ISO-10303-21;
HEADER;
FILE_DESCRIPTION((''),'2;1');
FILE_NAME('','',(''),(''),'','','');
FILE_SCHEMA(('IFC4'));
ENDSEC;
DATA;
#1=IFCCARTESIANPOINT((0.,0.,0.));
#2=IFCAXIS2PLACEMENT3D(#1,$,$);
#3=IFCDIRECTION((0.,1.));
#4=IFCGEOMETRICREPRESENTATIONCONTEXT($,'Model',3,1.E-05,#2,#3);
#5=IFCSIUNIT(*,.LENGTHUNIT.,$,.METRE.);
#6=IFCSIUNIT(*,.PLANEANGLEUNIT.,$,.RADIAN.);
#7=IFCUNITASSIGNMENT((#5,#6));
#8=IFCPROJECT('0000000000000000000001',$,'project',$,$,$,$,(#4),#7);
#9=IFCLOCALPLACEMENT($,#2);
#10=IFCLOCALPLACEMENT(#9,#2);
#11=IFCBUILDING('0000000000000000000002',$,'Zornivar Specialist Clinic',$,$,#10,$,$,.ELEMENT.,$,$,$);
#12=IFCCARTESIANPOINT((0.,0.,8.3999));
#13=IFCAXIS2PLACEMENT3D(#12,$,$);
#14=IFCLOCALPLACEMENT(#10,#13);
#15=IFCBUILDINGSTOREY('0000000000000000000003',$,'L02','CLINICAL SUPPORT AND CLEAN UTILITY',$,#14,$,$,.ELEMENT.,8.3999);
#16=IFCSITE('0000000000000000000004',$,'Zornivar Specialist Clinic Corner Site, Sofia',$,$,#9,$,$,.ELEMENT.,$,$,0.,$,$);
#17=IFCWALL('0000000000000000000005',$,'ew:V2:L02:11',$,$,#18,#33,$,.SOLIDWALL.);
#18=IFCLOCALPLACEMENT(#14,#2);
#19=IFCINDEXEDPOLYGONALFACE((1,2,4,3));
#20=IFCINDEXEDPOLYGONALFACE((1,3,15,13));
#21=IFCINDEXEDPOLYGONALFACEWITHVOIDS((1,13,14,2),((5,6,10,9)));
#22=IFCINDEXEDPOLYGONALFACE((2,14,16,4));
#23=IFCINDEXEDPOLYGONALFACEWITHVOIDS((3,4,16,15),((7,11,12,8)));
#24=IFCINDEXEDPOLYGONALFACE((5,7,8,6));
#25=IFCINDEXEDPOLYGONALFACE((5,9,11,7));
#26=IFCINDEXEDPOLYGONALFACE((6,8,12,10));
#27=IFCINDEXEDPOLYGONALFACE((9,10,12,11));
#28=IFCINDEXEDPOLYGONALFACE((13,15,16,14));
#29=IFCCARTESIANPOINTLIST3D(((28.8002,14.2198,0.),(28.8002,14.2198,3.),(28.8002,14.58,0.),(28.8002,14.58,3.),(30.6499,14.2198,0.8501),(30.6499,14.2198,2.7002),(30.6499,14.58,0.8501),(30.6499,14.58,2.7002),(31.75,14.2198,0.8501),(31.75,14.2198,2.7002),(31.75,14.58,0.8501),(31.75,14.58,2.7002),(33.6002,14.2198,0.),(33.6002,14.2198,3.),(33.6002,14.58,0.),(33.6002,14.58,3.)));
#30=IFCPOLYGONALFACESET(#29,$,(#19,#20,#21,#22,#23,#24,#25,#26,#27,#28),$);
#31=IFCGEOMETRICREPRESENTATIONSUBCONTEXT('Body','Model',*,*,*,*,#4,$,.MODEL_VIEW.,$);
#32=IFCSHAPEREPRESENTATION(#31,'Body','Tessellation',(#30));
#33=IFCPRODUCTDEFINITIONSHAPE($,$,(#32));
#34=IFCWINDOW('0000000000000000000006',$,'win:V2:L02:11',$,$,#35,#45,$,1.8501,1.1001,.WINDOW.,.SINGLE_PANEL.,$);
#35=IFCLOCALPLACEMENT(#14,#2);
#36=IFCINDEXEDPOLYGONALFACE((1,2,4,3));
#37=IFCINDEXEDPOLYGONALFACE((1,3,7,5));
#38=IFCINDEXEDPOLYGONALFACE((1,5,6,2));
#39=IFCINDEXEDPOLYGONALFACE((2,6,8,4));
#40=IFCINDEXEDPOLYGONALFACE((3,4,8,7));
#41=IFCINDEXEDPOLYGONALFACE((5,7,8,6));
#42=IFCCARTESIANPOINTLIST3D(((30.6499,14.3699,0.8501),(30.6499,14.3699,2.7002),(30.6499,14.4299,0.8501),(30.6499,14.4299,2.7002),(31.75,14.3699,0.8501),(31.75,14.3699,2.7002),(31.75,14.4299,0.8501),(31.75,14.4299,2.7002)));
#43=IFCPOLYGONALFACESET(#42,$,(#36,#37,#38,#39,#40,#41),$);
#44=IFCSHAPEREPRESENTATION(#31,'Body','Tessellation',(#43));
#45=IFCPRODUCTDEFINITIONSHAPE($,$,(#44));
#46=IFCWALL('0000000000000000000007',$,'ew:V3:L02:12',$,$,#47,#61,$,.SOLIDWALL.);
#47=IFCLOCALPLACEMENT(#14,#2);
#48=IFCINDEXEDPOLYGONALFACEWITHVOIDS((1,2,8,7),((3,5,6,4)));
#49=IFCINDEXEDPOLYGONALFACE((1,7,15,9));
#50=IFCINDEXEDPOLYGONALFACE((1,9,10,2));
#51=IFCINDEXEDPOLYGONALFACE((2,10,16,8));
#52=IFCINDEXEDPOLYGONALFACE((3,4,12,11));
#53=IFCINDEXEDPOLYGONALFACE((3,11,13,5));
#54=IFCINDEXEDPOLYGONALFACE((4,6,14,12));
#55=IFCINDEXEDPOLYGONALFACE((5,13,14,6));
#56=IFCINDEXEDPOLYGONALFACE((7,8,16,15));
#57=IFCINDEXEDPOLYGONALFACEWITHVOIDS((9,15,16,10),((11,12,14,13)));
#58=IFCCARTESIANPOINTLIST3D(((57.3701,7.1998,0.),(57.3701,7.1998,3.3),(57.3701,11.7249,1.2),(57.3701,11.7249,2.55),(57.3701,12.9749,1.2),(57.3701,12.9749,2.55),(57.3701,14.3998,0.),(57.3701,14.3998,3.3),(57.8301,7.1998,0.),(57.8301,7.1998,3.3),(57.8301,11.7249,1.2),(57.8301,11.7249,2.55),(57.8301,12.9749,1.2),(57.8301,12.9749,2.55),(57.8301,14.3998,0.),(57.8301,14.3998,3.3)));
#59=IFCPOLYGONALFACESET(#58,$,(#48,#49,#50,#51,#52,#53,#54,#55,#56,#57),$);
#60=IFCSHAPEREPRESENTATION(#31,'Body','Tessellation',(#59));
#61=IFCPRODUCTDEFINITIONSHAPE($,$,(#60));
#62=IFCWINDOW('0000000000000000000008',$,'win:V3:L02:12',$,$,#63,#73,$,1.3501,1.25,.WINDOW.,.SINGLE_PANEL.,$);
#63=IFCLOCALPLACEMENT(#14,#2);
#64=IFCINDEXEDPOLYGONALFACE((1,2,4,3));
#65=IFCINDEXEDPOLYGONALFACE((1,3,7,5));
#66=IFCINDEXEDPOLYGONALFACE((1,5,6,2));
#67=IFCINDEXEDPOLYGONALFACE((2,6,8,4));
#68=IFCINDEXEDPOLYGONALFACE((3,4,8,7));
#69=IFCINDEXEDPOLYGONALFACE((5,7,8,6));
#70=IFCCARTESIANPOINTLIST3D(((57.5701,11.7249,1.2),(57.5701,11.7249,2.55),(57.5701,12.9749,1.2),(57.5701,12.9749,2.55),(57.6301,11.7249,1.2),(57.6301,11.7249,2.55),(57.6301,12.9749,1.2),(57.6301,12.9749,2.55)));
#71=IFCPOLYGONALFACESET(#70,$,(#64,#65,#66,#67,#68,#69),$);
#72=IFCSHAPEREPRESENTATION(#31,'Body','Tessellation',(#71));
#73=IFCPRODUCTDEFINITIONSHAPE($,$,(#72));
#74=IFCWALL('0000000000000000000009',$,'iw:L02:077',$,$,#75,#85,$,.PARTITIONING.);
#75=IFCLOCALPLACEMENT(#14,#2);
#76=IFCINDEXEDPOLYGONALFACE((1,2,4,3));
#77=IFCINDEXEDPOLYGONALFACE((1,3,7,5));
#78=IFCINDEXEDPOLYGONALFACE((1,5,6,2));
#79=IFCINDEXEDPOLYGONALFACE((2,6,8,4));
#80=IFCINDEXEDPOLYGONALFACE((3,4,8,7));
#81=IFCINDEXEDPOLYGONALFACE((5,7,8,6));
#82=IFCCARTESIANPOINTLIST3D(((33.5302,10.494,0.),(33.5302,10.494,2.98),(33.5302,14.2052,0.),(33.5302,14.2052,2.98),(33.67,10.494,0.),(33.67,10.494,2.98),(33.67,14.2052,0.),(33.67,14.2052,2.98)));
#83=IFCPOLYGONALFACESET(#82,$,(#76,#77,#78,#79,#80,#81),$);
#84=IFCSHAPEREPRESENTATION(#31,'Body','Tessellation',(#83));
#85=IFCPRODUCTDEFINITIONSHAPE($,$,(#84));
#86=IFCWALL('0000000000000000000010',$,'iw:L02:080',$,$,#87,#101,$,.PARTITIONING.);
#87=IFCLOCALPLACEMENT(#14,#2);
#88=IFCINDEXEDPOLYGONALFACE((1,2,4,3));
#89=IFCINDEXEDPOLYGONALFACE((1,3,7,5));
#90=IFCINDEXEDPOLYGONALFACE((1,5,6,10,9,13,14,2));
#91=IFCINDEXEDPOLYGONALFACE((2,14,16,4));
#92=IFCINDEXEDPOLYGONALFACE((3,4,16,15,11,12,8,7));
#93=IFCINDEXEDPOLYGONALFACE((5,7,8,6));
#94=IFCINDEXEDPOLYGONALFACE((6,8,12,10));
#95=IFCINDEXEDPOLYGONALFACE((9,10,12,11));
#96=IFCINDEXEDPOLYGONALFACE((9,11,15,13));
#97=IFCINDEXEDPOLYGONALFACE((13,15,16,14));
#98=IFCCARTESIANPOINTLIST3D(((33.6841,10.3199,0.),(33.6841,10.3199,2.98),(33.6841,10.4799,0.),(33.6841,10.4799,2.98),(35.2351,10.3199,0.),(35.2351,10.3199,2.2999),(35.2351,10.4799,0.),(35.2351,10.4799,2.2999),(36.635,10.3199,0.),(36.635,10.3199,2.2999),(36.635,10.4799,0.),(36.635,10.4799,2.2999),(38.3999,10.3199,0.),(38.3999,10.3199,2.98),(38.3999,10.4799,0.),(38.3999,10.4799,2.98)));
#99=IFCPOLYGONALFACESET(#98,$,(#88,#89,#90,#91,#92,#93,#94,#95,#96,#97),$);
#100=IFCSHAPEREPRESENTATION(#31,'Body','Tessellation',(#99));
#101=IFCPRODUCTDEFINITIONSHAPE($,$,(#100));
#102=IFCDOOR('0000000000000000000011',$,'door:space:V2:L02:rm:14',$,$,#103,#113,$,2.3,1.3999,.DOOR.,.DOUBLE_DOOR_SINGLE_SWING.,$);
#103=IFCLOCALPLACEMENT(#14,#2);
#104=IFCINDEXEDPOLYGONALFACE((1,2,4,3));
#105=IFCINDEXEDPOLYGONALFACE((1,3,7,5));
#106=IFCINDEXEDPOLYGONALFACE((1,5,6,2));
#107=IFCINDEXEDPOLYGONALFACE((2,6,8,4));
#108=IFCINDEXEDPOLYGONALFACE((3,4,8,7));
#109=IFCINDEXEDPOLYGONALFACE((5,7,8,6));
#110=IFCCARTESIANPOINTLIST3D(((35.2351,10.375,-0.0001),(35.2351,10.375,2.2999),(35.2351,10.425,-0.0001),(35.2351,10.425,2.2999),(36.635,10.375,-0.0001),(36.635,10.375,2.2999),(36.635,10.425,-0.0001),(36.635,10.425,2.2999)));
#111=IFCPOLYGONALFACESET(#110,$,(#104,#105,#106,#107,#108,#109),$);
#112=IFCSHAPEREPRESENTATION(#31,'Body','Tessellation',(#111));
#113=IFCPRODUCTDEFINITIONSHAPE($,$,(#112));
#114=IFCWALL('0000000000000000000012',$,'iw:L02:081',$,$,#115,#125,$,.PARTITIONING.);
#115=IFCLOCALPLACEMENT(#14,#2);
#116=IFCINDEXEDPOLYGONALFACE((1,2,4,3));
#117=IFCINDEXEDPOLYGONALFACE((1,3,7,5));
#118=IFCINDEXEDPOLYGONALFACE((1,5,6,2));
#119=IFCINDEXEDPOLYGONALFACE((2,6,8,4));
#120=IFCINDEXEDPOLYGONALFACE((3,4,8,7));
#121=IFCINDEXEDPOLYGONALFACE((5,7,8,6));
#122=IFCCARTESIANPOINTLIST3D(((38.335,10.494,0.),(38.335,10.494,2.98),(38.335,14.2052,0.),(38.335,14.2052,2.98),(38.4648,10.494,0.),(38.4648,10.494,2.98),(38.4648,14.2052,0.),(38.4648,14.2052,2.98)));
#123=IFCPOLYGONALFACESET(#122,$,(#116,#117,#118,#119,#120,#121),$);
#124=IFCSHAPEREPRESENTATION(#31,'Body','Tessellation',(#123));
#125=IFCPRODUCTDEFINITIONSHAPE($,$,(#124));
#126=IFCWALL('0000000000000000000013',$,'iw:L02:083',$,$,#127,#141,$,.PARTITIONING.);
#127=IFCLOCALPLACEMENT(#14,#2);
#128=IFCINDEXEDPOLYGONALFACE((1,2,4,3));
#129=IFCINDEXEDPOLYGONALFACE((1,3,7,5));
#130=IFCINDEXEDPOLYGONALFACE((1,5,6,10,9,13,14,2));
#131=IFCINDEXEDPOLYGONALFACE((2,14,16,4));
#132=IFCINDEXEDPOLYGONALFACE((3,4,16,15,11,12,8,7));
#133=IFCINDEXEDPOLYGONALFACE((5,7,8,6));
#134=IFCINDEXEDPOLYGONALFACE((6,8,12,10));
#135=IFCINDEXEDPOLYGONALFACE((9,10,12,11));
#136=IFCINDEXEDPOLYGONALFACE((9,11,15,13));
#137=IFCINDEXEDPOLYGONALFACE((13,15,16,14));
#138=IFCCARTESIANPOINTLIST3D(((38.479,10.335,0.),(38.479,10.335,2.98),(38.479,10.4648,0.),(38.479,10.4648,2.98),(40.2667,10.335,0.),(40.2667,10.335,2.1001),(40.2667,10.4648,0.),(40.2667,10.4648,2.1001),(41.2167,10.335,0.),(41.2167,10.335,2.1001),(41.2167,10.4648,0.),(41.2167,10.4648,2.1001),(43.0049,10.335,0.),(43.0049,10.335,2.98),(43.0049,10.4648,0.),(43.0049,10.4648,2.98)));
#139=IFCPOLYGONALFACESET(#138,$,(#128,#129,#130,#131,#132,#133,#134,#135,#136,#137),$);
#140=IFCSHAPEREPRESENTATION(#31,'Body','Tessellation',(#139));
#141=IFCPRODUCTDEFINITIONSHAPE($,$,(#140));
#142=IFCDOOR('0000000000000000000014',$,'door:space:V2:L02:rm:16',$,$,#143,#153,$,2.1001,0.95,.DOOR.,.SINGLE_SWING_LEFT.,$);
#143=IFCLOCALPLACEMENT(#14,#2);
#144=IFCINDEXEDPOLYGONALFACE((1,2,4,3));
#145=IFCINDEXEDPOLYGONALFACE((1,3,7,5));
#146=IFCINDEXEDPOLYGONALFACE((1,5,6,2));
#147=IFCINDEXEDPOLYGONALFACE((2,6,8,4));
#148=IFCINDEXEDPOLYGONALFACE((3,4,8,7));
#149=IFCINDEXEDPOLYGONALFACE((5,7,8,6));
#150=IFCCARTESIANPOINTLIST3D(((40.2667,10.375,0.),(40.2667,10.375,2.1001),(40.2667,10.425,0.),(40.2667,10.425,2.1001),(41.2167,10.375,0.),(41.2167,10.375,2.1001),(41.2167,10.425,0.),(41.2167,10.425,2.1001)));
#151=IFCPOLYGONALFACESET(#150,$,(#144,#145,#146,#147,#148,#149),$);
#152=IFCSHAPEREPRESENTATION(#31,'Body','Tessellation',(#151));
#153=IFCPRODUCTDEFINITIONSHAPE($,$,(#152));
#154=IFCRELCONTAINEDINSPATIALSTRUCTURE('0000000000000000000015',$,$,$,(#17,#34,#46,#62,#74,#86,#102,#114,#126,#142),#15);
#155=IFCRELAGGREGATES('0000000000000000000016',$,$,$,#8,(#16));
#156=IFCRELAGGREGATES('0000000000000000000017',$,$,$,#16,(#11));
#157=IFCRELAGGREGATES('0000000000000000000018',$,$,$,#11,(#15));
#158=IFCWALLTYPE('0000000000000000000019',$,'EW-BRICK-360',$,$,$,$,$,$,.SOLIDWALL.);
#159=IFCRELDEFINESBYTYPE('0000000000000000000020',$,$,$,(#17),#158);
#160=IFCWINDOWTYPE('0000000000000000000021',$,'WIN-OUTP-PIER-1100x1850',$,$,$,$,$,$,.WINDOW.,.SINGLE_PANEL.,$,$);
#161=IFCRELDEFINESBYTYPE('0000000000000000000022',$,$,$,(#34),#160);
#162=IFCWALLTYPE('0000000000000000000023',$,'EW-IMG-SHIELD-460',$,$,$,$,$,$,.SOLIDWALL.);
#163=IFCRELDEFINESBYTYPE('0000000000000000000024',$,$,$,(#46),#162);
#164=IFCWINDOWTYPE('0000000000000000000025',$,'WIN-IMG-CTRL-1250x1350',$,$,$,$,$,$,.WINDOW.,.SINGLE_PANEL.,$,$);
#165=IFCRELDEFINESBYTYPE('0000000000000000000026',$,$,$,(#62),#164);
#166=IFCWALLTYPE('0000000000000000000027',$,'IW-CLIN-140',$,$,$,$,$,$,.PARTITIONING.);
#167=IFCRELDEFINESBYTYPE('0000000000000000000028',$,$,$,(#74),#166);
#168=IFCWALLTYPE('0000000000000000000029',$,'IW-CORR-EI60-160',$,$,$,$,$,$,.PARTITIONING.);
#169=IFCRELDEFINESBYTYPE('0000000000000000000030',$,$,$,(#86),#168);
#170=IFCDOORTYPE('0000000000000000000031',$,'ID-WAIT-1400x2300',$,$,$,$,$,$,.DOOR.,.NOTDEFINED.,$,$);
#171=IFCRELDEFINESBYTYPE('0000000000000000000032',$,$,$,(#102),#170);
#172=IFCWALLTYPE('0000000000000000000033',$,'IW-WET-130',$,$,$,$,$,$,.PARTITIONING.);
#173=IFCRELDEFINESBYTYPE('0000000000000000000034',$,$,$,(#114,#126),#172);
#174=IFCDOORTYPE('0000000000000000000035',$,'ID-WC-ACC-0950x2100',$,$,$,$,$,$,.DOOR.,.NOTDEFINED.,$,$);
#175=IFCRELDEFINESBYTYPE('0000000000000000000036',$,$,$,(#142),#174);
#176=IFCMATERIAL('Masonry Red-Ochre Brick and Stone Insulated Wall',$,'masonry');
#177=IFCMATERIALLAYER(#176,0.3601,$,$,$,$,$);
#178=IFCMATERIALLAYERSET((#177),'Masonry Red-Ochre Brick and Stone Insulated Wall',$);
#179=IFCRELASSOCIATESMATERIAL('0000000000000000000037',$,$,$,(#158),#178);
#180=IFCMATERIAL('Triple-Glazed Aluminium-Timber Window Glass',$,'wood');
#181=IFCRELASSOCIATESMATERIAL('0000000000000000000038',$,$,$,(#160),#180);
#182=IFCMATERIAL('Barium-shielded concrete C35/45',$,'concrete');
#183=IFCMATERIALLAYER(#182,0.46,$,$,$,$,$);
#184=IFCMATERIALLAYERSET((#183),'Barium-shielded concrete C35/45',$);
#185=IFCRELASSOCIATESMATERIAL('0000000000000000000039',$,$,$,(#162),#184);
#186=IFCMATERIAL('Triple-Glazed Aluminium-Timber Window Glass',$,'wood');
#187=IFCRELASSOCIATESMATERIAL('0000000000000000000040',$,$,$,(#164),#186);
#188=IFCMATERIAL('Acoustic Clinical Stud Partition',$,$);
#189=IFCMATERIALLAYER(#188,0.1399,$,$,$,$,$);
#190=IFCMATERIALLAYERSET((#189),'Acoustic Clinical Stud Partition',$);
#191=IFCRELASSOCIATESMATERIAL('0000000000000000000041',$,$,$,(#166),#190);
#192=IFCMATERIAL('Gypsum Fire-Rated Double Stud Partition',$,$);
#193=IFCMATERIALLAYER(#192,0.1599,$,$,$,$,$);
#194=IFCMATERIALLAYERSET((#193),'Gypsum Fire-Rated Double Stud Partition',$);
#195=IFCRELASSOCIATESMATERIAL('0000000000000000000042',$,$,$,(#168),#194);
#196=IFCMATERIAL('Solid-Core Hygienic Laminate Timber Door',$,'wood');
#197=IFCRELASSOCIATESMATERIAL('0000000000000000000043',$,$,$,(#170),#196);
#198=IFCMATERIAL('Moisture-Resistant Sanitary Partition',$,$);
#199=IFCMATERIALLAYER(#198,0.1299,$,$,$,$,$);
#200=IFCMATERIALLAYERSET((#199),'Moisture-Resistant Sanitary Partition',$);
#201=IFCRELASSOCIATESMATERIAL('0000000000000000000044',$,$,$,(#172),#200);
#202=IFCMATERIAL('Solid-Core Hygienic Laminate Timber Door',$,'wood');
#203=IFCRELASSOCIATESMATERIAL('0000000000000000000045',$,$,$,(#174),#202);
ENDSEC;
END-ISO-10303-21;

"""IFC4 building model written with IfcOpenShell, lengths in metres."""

from ifc_helpers import new_model, si_unit, direction, frame, frame_2d, origin, place, context, subcontext, project, spatial, rectangle, extrude, material, layer, layer_set, type_object, element, fill, save


model = new_model("IFC4")

# Units and contexts
model_context = context("Model", 3, precision=1e-05, world=origin(), true_north=direction((0.0, 1.0)))
body_context = subcontext(model_context, "Body", "Model", "MODEL_VIEW")
ifc_project = project(units=[si_unit("LENGTHUNIT", "METRE"), si_unit("PLANEANGLEUNIT", "RADIAN")], contexts=[model_context])

# Site, building, storey
site_placement = place(None, origin())
site = spatial("IfcSite", under=ifc_project, at=site_placement, Name="Zornivar Specialist Clinic Corner Site, Sofia", CompositionType="ELEMENT", RefElevation=0.0)
building_placement = place(site_placement, origin())
building = spatial("IfcBuilding", under=site, at=building_placement, Name="Zornivar Specialist Clinic", CompositionType="ELEMENT")
storey_placement = place(building_placement, frame((0.0, 0.0, 8.3999)))
storey = spatial("IfcBuildingStorey", under=building, at=storey_placement, Name="L02", Description="CLINICAL SUPPORT AND CLEAN UTILITY", CompositionType="ELEMENT", Elevation=8.3999)

# Walls, openings, windows
ifc_material_1 = material(Name="Masonry Red-Ochre Brick and Stone Insulated Wall", Category="masonry")
ifc_layer_1 = layer(ifc_material_1, 0.3601)
ifc_layer_set_1 = layer_set([ifc_layer_1], Name="Masonry Red-Ochre Brick and Stone Insulated Wall")
wall_type_1 = type_object("IfcWallType", Name="EW-BRICK-360", PredefinedType="SOLIDWALL", material=ifc_layer_set_1)
ifc_material_2 = material(Name="Triple-Glazed Aluminium-Timber Window Glass", Category="wood")
window_type_1 = type_object("IfcWindowType", Name="WIN-OUTP-PIER-1100x1850", PartitioningType="SINGLE_PANEL", PredefinedType="WINDOW", material=ifc_material_2)
wall_1_placement = place(storey_placement, frame((33.6001, 14.3999, 0.0), z_axis=(0.0, 0.0, 1.0), x_axis=(-1.0, 0.0, 0.0)))
wall_1 = element("IfcWall", 1, at=wall_1_placement, inside=storey, type_object=wall_type_1, Name="ew:V2:L02:11", PredefinedType="SOLIDWALL", context=body_context, shape_type="SweptSolid", body=[
    extrude(rectangle(XDim=4.8, YDim=0.3601, at=frame_2d((2.3999, 0.0))), origin(), (0.0, 0.0, 1.0), 3.0),
])
opening_1_placement = place(wall_1_placement, frame((1.8501, 0.0, 0.8501)))
opening_1 = element("IfcOpeningElement", 2, at=opening_1_placement, cuts=wall_1, PredefinedType="OPENING", context=body_context, shape_type="SweptSolid", body=[
    extrude(rectangle(XDim=1.1001, YDim=1.8501, at=frame_2d((0.55, 0.925))), frame((0.0, 0.1899, 0.0), z_axis=(0.0, -1.0, 0.0), x_axis=(1.0, 0.0, 0.0)), (0.0, 0.0, 1.0), 0.3801),
])
window_1_placement = place(opening_1_placement, origin())
window_1 = element("IfcWindow", 3, at=window_1_placement, inside=storey, type_object=window_type_1, Name="win:V2:L02:11", OverallHeight=1.8501, OverallWidth=1.1001, PartitioningType="SINGLE_PANEL", PredefinedType="WINDOW", context=body_context, shape_type="SweptSolid", body=[
    extrude(rectangle(XDim=1.1001, YDim=1.8501, at=frame_2d((0.55, 0.925))), frame((0.0, 0.03, 0.0), z_axis=(0.0, -1.0, 0.0), x_axis=(1.0, 0.0, 0.0)), (0.0, 0.0, 1.0), 0.0601),
])
fill(opening_1, window_1)
ifc_material_3 = material(Name="Barium-shielded concrete C35/45", Category="concrete")
ifc_layer_2 = layer(ifc_material_3, 0.46)
ifc_layer_set_2 = layer_set([ifc_layer_2], Name="Barium-shielded concrete C35/45")
wall_type_2 = type_object("IfcWallType", Name="EW-IMG-SHIELD-460", PredefinedType="SOLIDWALL", material=ifc_layer_set_2)
wall_2_placement = place(storey_placement, frame((57.6001, 14.3999, 0.0), z_axis=(0.0, 0.0, 1.0), x_axis=(0.0, -1.0, 0.0)))
wall_2 = element("IfcWall", 4, at=wall_2_placement, inside=storey, type_object=wall_type_2, Name="ew:V3:L02:12", PredefinedType="SOLIDWALL", context=body_context, shape_type="SweptSolid", body=[
    extrude(rectangle(XDim=7.2, YDim=0.46, at=frame_2d((3.6001, 0.0))), origin(), (0.0, 0.0, 1.0), 3.3),
])
opening_2_placement = place(wall_2_placement, frame((1.425, 0.0, 1.2)))
opening_2 = element("IfcOpeningElement", 5, at=opening_2_placement, cuts=wall_2, PredefinedType="OPENING", context=body_context, shape_type="SweptSolid", body=[
    extrude(rectangle(XDim=1.25, YDim=1.3501, at=frame_2d((0.625, 0.675))), frame((0.0, 0.24, 0.0), z_axis=(0.0, -1.0, 0.0), x_axis=(1.0, 0.0, 0.0)), (0.0, 0.0, 1.0), 0.48),
])
ifc_material_4 = material(Name="Triple-Glazed Aluminium-Timber Window Glass", Category="wood")
window_type_2 = type_object("IfcWindowType", Name="WIN-IMG-CTRL-1250x1350", PartitioningType="SINGLE_PANEL", PredefinedType="WINDOW", material=ifc_material_4)
window_2_placement = place(opening_2_placement, origin())
window_2 = element("IfcWindow", 6, at=window_2_placement, inside=storey, type_object=window_type_2, Name="win:V3:L02:12", OverallHeight=1.3501, OverallWidth=1.25, PartitioningType="SINGLE_PANEL", PredefinedType="WINDOW", context=body_context, shape_type="SweptSolid", body=[
    extrude(rectangle(XDim=1.25, YDim=1.3501, at=frame_2d((0.625, 0.675))), frame((0.0, 0.03, 0.0), z_axis=(0.0, -1.0, 0.0), x_axis=(1.0, 0.0, 0.0)), (0.0, 0.0, 1.0), 0.0601),
])
fill(opening_2, window_2)

# Wall
ifc_material_5 = material(Name="Acoustic Clinical Stud Partition")
ifc_layer_3 = layer(ifc_material_5, 0.1399)
ifc_layer_set_3 = layer_set([ifc_layer_3], Name="Acoustic Clinical Stud Partition")
wall_type_3 = type_object("IfcWallType", Name="IW-CLIN-140", PredefinedType="PARTITIONING", material=ifc_layer_set_3)
wall_3_placement = place(storey_placement, frame((33.6001, 14.2051, 0.0), z_axis=(0.0, 0.0, 1.0), x_axis=(0.0, -1.0, 0.0)))
element("IfcWall", 7, at=wall_3_placement, inside=storey, type_object=wall_type_3, Name="iw:L02:077", PredefinedType="PARTITIONING", context=body_context, shape_type="SweptSolid", body=[
    extrude(rectangle(XDim=3.7112, YDim=0.1399, at=frame_2d((1.8555, 0.0))), origin(), (0.0, 0.0, 1.0), 2.98),
])

# Wall, opening, door
ifc_material_6 = material(Name="Gypsum Fire-Rated Double Stud Partition")
ifc_layer_4 = layer(ifc_material_6, 0.1599)
ifc_layer_set_4 = layer_set([ifc_layer_4], Name="Gypsum Fire-Rated Double Stud Partition")
wall_type_4 = type_object("IfcWallType", Name="IW-CORR-EI60-160", PredefinedType="PARTITIONING", material=ifc_layer_set_4)
wall_4_placement = place(storey_placement, frame((38.3999, 10.3999, 0.0), z_axis=(0.0, 0.0, 1.0), x_axis=(-1.0, 0.0, 0.0)))
wall_4 = element("IfcWall", 8, at=wall_4_placement, inside=storey, type_object=wall_type_4, Name="iw:L02:080", PredefinedType="PARTITIONING", context=body_context, shape_type="SweptSolid", body=[
    extrude(rectangle(XDim=4.7158, YDim=0.1599, at=frame_2d((2.3579, 0.0))), origin(), (0.0, 0.0, 1.0), 2.98),
])
opening_3_placement = place(wall_4_placement, frame((1.7649, 0.0, 0.0)))
opening_3 = element("IfcOpeningElement", 9, at=opening_3_placement, cuts=wall_4, PredefinedType="OPENING", context=body_context, shape_type="SweptSolid", body=[
    extrude(rectangle(XDim=1.3999, YDim=2.3, at=frame_2d((0.7, 1.1499))), frame((0.0, 0.0898, 0.0), z_axis=(0.0, -1.0, 0.0), x_axis=(1.0, 0.0, 0.0)), (0.0, 0.0, 1.0), 0.1799),
])
ifc_material_7 = material(Name="Solid-Core Hygienic Laminate Timber Door", Category="wood")
door_type_1 = type_object("IfcDoorType", Name="ID-WAIT-1400x2300", OperationType="NOTDEFINED", PredefinedType="DOOR", material=ifc_material_7)
door_1_placement = place(opening_3_placement, origin())
door_1 = element("IfcDoor", 10, at=door_1_placement, inside=storey, type_object=door_type_1, Name="door:space:V2:L02:rm:14", OperationType="DOUBLE_DOOR_SINGLE_SWING", OverallHeight=2.3, OverallWidth=1.3999, PredefinedType="DOOR", context=body_context, shape_type="SweptSolid", body=[
    extrude(rectangle(XDim=1.3999, YDim=2.3, at=frame_2d((0.7, 1.1499))), frame((0.0, 0.0249, 0.0), z_axis=(0.0, -1.0, 0.0), x_axis=(1.0, 0.0, 0.0)), (0.0, 0.0, 1.0), 0.05),
])
fill(opening_3, door_1)

# Wall
ifc_material_8 = material(Name="Moisture-Resistant Sanitary Partition")
ifc_layer_5 = layer(ifc_material_8, 0.1299)
ifc_layer_set_5 = layer_set([ifc_layer_5], Name="Moisture-Resistant Sanitary Partition")
wall_type_5 = type_object("IfcWallType", Name="IW-WET-130", PredefinedType="PARTITIONING", material=ifc_layer_set_5)
wall_5_placement = place(storey_placement, frame((38.3999, 14.2051, 0.0), z_axis=(0.0, 0.0, 1.0), x_axis=(0.0, -1.0, 0.0)))
element("IfcWall", 11, at=wall_5_placement, inside=storey, type_object=wall_type_5, Name="iw:L02:081", PredefinedType="PARTITIONING", context=body_context, shape_type="SweptSolid", body=[
    extrude(rectangle(XDim=3.7112, YDim=0.1299, at=frame_2d((1.8555, 0.0))), origin(), (0.0, 0.0, 1.0), 2.98),
])

# Wall, opening, door
wall_6_placement = place(storey_placement, frame((43.0049, 10.3999, 0.0), z_axis=(0.0, 0.0, 1.0), x_axis=(-1.0, 0.0, 0.0)))
wall_6 = element("IfcWall", 12, at=wall_6_placement, inside=storey, type_object=wall_type_5, Name="iw:L02:083", PredefinedType="PARTITIONING", context=body_context, shape_type="SweptSolid", body=[
    extrude(rectangle(XDim=4.5259, YDim=0.1299, at=frame_2d((2.2629, 0.0))), origin(), (0.0, 0.0, 1.0), 2.98),
])
opening_4_placement = place(wall_6_placement, frame((1.7881, 0.0, 0.0)))
opening_4 = element("IfcOpeningElement", 13, at=opening_4_placement, cuts=wall_6, PredefinedType="OPENING", context=body_context, shape_type="SweptSolid", body=[
    extrude(rectangle(XDim=0.95, YDim=2.1001, at=frame_2d((0.4751, 1.05))), frame((0.0, 0.075, 0.0), z_axis=(0.0, -1.0, 0.0), x_axis=(1.0, 0.0, 0.0)), (0.0, 0.0, 1.0), 0.1499),
])
ifc_material_9 = material(Name="Solid-Core Hygienic Laminate Timber Door", Category="wood")
door_type_2 = type_object("IfcDoorType", Name="ID-WC-ACC-0950x2100", OperationType="NOTDEFINED", PredefinedType="DOOR", material=ifc_material_9)
door_2_placement = place(opening_4_placement, origin())
door_2 = element("IfcDoor", 14, at=door_2_placement, inside=storey, type_object=door_type_2, Name="door:space:V2:L02:rm:16", OperationType="SINGLE_SWING_LEFT", OverallHeight=2.1001, OverallWidth=0.95, PredefinedType="DOOR", context=body_context, shape_type="SweptSolid", body=[
    extrude(rectangle(XDim=0.95, YDim=2.1001, at=frame_2d((0.4751, 1.05))), frame((0.0, 0.0249, 0.0), z_axis=(0.0, -1.0, 0.0), x_axis=(1.0, 0.0, 0.0)), (0.0, 0.0, 1.0), 0.05),
])
fill(opening_4, door_2)

save(model, "model.ifc")
